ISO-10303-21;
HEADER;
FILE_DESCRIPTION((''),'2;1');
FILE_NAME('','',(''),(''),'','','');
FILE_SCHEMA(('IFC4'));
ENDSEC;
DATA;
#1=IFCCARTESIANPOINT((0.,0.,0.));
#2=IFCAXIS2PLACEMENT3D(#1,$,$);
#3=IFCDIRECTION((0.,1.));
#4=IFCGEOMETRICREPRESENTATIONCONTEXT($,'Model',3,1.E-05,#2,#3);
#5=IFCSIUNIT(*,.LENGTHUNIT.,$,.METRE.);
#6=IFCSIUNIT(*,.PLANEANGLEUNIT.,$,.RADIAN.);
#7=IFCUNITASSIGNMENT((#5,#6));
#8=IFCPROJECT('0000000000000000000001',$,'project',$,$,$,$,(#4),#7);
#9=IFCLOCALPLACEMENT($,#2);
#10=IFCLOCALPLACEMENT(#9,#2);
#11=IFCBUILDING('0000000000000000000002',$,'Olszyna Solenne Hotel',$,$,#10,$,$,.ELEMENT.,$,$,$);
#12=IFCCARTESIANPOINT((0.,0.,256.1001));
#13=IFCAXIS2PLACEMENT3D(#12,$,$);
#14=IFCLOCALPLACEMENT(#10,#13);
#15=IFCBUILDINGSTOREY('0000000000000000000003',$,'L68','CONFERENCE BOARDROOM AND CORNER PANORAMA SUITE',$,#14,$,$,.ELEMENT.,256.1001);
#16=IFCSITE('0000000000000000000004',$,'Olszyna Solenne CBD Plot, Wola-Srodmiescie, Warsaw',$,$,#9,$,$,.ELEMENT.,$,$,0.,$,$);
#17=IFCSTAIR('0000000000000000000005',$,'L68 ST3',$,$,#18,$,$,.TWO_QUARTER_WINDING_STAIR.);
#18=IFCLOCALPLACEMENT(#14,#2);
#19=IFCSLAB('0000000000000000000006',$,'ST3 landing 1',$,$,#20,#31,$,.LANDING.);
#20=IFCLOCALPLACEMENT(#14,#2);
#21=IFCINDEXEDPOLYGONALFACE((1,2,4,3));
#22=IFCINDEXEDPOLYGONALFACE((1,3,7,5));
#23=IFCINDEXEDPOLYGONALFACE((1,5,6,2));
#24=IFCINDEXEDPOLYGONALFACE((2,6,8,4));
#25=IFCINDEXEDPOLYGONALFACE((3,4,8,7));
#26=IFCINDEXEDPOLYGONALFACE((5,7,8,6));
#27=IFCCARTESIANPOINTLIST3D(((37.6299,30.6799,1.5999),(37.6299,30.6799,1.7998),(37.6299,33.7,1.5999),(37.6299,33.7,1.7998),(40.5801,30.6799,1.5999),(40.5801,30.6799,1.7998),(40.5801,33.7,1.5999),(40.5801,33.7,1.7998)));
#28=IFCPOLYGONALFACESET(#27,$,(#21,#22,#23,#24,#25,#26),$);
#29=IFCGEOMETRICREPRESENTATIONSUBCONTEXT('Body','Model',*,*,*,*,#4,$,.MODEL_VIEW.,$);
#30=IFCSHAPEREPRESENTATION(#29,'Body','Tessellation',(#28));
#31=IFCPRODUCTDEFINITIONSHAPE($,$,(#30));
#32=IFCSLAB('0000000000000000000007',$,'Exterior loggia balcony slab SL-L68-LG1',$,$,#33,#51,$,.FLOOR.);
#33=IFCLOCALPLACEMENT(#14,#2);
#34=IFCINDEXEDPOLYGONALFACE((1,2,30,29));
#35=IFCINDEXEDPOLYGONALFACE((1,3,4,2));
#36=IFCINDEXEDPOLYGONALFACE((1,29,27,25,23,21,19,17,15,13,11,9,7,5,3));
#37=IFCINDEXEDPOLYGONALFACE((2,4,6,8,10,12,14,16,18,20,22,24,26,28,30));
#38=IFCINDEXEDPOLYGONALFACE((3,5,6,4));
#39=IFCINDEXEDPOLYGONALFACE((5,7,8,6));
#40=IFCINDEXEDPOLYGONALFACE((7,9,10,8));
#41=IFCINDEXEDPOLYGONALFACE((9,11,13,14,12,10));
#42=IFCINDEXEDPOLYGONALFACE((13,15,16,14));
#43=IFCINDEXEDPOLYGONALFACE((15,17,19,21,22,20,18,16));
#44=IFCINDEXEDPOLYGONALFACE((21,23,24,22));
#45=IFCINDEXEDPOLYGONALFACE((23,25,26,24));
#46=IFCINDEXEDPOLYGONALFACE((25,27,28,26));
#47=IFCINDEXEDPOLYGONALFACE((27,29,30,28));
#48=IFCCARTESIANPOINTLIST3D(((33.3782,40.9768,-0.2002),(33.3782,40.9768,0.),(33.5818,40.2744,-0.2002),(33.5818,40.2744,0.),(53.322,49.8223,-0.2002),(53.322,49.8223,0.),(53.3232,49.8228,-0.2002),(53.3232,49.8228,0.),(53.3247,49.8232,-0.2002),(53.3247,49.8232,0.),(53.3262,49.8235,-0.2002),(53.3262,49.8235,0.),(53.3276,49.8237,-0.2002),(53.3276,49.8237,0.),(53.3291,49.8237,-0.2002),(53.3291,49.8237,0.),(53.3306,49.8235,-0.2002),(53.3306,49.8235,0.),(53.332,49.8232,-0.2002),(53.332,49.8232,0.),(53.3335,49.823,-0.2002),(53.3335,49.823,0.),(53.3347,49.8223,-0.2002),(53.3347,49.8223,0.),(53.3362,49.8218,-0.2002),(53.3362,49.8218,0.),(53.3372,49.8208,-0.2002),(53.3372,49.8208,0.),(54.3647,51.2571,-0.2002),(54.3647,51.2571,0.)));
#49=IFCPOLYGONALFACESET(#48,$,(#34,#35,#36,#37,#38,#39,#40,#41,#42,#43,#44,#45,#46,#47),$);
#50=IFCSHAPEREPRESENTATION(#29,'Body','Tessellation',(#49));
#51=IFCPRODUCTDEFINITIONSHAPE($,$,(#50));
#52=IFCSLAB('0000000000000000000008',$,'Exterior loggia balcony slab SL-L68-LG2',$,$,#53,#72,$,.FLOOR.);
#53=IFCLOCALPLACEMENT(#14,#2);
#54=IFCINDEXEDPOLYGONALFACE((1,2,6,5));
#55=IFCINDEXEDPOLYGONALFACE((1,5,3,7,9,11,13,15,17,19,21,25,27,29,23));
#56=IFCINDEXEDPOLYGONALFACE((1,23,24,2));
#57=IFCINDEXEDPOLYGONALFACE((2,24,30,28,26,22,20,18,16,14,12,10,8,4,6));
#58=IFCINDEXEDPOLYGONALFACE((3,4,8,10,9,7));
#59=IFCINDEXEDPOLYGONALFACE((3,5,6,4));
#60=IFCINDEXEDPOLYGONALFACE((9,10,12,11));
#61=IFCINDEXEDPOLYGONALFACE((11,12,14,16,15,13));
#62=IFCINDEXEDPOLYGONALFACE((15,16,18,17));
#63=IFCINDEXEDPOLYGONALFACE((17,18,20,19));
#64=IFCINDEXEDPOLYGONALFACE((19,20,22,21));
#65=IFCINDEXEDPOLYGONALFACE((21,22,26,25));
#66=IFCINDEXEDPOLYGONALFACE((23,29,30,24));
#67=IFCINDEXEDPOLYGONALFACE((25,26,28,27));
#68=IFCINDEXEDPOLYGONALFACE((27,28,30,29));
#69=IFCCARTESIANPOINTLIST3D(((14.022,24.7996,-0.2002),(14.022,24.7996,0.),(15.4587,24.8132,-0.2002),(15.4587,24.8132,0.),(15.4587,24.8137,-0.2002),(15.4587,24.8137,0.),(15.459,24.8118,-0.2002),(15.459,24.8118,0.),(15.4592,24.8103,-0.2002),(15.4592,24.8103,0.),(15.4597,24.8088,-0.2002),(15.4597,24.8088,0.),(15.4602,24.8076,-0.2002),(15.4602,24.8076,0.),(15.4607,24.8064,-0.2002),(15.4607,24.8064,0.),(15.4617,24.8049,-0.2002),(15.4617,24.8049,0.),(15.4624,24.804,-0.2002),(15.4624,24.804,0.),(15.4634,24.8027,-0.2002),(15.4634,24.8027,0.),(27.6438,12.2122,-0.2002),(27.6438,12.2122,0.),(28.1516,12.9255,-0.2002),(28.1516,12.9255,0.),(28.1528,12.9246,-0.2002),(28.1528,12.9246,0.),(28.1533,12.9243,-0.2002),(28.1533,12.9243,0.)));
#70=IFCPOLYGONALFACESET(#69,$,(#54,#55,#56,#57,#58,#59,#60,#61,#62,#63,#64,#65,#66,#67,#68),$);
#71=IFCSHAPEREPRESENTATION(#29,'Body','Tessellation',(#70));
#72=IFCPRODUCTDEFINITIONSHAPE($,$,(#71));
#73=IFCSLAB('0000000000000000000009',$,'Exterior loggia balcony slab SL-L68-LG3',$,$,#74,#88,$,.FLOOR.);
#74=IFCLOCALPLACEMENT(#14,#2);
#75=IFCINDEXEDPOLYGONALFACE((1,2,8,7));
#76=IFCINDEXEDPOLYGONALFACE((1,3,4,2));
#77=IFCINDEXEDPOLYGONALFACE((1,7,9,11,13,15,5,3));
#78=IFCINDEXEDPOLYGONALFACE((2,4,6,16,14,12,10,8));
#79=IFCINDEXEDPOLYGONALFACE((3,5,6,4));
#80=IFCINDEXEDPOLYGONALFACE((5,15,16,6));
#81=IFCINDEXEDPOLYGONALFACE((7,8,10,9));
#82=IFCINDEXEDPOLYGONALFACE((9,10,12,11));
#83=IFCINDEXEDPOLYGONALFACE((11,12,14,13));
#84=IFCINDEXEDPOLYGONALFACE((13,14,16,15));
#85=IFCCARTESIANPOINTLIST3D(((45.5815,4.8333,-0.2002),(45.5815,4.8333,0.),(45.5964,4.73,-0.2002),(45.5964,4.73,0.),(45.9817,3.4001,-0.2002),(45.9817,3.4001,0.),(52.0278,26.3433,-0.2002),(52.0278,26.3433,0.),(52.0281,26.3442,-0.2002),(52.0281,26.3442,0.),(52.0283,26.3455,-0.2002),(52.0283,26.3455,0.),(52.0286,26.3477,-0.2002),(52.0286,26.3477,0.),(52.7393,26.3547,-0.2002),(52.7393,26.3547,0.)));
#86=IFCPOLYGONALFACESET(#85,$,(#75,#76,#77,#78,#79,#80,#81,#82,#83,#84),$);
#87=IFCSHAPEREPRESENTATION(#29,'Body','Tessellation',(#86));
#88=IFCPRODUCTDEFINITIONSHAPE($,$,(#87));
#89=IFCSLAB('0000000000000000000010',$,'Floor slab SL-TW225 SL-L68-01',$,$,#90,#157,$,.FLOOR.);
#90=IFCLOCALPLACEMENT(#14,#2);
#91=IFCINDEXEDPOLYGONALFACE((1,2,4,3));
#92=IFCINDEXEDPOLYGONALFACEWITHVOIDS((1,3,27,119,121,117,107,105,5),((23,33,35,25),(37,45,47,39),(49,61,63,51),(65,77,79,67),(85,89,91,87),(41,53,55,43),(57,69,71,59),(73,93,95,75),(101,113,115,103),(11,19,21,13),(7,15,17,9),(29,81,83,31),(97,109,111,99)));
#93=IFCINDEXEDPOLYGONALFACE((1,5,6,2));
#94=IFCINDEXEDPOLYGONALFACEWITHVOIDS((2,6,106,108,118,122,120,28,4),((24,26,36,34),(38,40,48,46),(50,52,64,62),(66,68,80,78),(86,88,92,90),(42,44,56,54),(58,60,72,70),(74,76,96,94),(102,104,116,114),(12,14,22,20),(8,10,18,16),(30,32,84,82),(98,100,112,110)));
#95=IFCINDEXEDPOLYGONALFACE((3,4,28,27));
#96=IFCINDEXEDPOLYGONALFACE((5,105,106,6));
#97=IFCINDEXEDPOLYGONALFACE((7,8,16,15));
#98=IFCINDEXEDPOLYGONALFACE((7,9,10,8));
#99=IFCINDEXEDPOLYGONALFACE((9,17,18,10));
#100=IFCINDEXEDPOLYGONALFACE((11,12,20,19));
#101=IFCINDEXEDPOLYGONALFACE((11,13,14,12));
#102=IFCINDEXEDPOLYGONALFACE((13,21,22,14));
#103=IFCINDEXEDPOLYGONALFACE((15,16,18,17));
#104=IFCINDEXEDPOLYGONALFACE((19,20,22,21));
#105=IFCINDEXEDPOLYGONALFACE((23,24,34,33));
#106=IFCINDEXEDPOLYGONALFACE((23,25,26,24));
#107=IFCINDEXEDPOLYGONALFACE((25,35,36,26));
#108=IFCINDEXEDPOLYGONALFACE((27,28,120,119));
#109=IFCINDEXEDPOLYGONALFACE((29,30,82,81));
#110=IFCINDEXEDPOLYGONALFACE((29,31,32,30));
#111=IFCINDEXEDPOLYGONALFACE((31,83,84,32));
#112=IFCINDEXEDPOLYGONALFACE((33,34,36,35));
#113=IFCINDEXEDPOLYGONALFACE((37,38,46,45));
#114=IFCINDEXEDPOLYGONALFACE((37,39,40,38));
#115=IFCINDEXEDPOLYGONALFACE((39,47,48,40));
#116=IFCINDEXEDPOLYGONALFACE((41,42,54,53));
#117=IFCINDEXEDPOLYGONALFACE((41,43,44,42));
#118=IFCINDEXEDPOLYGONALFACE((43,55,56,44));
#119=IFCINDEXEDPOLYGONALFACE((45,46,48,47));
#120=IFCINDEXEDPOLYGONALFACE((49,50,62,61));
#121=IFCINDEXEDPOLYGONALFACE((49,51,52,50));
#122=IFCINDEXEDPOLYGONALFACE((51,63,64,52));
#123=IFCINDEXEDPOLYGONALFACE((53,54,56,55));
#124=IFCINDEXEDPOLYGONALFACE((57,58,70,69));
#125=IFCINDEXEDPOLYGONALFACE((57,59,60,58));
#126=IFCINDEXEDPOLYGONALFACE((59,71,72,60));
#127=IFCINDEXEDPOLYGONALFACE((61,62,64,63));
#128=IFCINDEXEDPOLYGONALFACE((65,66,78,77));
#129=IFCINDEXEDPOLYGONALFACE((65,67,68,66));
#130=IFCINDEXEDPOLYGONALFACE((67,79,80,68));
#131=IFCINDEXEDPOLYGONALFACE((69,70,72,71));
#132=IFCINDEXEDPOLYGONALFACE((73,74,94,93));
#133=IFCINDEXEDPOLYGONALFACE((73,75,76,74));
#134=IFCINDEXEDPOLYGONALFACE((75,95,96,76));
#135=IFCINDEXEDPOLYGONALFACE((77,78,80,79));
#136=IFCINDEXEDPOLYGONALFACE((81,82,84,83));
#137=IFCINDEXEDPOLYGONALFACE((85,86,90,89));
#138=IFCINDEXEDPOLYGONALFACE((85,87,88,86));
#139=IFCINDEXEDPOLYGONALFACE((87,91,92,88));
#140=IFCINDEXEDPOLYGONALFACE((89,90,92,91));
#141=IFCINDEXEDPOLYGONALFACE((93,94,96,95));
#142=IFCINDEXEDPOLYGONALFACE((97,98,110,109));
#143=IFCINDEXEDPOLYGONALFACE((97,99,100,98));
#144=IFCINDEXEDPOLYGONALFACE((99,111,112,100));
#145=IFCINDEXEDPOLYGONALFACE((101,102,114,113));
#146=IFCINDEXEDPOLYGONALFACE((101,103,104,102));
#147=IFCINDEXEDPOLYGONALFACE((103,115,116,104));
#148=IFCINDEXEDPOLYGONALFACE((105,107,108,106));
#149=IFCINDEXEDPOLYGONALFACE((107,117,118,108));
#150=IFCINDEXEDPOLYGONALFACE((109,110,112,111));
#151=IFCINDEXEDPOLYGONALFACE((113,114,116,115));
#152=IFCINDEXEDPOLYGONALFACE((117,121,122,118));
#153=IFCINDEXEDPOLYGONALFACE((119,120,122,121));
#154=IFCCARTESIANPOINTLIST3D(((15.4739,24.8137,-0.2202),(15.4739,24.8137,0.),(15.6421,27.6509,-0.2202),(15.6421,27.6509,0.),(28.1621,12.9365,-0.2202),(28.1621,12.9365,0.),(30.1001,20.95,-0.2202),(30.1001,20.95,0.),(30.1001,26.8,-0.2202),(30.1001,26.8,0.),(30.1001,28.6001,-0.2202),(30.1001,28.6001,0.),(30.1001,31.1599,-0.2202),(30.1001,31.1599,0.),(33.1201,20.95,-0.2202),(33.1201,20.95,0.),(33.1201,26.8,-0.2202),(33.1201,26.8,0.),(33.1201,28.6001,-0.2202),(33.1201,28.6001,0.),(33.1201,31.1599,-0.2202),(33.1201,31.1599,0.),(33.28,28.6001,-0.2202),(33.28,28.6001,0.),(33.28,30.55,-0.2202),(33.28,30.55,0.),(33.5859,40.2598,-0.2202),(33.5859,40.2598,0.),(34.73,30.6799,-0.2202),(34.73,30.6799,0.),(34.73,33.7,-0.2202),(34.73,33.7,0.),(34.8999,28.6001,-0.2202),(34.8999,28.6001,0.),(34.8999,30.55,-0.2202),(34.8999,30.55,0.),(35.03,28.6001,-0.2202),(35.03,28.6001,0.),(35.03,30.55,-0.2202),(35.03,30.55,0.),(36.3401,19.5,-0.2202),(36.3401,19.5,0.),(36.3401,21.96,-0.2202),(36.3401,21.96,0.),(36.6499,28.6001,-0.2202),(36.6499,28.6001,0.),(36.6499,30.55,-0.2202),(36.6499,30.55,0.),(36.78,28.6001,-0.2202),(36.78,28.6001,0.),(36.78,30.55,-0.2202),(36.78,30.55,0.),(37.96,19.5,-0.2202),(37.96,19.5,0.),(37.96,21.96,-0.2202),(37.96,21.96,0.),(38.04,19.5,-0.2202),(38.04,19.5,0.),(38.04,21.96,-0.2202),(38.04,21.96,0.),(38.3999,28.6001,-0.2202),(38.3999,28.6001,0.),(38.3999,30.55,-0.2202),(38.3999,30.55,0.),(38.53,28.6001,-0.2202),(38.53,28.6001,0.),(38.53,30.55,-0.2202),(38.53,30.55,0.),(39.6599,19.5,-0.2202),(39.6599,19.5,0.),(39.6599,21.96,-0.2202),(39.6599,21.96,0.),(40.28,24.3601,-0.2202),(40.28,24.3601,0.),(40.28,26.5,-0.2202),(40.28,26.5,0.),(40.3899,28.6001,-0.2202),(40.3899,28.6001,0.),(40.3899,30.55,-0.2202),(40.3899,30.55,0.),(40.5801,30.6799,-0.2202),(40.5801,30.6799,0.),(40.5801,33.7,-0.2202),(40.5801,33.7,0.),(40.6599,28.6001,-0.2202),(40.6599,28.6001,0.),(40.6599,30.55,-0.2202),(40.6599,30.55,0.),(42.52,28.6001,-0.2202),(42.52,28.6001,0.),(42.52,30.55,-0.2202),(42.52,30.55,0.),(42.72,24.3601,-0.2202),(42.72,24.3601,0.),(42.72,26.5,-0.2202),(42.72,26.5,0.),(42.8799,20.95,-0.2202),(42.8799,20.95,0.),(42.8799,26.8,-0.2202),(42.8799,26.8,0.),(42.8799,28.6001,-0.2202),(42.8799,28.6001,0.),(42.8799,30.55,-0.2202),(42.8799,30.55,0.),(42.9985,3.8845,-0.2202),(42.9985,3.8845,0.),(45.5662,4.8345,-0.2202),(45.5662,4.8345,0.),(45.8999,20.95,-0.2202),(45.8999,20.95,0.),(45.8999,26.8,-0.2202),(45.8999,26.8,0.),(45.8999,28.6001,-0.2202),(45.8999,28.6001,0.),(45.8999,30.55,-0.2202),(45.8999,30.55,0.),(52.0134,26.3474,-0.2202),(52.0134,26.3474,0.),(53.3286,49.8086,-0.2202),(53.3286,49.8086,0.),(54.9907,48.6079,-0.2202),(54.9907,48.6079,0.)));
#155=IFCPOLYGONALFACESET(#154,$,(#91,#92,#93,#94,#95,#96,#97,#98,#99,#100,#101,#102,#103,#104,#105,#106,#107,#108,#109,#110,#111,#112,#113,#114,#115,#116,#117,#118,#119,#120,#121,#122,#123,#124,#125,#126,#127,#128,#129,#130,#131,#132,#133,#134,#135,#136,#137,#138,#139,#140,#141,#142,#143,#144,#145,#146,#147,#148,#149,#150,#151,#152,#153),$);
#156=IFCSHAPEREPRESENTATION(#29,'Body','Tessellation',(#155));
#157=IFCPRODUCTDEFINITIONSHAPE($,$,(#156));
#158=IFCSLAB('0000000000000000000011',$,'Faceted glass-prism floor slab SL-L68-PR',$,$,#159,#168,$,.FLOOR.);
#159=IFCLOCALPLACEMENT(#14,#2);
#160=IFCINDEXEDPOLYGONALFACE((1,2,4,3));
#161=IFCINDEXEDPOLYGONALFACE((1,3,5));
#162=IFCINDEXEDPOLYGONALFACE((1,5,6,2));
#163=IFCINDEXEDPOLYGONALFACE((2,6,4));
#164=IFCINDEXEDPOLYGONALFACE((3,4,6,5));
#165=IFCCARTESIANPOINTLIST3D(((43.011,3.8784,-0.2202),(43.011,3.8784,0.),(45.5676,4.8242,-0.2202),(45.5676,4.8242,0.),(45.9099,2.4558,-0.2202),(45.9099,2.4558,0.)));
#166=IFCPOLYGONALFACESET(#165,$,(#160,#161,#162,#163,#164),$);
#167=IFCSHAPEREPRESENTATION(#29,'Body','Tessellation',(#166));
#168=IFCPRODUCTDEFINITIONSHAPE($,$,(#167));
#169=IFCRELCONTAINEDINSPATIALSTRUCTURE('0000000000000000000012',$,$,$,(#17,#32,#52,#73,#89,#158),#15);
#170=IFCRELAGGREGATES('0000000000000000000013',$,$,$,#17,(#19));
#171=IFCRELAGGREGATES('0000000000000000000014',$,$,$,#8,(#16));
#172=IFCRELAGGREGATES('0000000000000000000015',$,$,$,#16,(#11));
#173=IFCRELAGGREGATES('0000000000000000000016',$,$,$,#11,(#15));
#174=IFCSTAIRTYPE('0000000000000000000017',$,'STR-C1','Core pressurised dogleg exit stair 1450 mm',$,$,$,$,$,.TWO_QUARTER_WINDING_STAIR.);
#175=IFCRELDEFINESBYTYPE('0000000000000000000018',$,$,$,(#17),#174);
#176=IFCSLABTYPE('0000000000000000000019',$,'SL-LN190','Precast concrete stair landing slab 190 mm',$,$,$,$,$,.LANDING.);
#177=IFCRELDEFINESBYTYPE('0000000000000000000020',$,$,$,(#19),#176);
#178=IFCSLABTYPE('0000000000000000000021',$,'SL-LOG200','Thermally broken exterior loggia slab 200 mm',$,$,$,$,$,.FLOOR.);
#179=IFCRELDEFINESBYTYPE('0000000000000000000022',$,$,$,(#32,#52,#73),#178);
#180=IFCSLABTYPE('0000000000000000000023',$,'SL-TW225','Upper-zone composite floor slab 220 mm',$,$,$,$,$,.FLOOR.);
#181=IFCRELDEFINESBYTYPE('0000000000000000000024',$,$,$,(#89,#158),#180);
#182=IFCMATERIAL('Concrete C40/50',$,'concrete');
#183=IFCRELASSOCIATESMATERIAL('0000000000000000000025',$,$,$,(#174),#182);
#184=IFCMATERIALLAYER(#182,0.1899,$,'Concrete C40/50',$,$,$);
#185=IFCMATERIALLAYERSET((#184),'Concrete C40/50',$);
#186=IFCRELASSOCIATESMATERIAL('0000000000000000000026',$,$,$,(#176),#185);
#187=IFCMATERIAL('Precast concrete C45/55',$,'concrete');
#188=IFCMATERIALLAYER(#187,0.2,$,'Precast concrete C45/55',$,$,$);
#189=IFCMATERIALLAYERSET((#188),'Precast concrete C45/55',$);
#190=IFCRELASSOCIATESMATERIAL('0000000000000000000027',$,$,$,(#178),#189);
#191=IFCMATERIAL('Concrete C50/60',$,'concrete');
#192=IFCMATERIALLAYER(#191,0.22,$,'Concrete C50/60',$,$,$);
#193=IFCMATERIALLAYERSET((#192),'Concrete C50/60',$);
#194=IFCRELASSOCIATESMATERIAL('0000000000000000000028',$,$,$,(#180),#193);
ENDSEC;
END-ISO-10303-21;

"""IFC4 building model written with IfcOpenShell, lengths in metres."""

from ifc_helpers import new_model, si_unit, direction, frame, origin, place, context, subcontext, project, spatial, polyline, outline, extrude, material, layer, layer_set, type_object, element, aggregate, save


model = new_model("IFC4")

# Units and contexts
model_context = context("Model", 3, precision=1e-05, world=origin(), true_north=direction((0.0, 1.0)))
body_context = subcontext(model_context, "Body", "Model", "MODEL_VIEW")
ifc_project = project(units=[si_unit("LENGTHUNIT", "METRE"), si_unit("PLANEANGLEUNIT", "RADIAN")], contexts=[model_context])

# Site, building, storey
site_placement = place(None, origin())
site = spatial("IfcSite", under=ifc_project, at=site_placement, Name="Olszyna Solenne CBD Plot, Wola-Srodmiescie, Warsaw", CompositionType="ELEMENT", RefElevation=0.0)
building_placement = place(site_placement, origin())
building = spatial("IfcBuilding", under=site, at=building_placement, Name="Olszyna Solenne Hotel", CompositionType="ELEMENT")
storey_placement = place(building_placement, frame((0.0, 0.0, 256.1001)))
storey = spatial("IfcBuildingStorey", under=building, at=storey_placement, Name="L68", Description="CONFERENCE BOARDROOM AND CORNER PANORAMA SUITE", CompositionType="ELEMENT", Elevation=256.1001)

# Stair, slab
ifc_material_1 = material(Name="Concrete C40/50", Category="concrete")
stair_type = type_object("IfcStairType", Name="STR-C1", Description="Core pressurised dogleg exit stair 1450 mm", PredefinedType="TWO_QUARTER_WINDING_STAIR", material=ifc_material_1)
ifc_layer_1 = layer(ifc_material_1, 0.1899, Name="Concrete C40/50")
ifc_layer_set_1 = layer_set([ifc_layer_1], Name="Concrete C40/50")
slab_type_1 = type_object("IfcSlabType", Name="SL-LN190", Description="Precast concrete stair landing slab 190 mm", PredefinedType="LANDING", material=ifc_layer_set_1)
stair_1_placement = place(storey_placement, origin())
stair_1 = element("IfcStair", 1, at=stair_1_placement, inside=storey, type_object=stair_type, Name="L68 ST3", PredefinedType="TWO_QUARTER_WINDING_STAIR")
slab_1_placement = place(storey_placement, frame((0.0, 0.0, 1.5999)))
slab_1 = element("IfcSlab", 2, at=slab_1_placement, type_object=slab_type_1, Name="ST3 landing 1", PredefinedType="LANDING", context=body_context, shape_type="SweptSolid", body=[
    extrude(outline(polyline([(37.6299, 30.6799), (40.5801, 30.6799), (40.5801, 33.7), (37.6299, 33.7), (37.6299, 30.6799)])), origin(), (0.0, 0.0, 1.0), 0.2),
])
aggregate(stair_1, [slab_1])

# Slabs
ifc_material_2 = material(Name="Precast concrete C45/55", Category="concrete")
ifc_layer_2 = layer(ifc_material_2, 0.2, Name="Precast concrete C45/55")
ifc_layer_set_2 = layer_set([ifc_layer_2], Name="Precast concrete C45/55")
slab_type_2 = type_object("IfcSlabType", Name="SL-LOG200", Description="Thermally broken exterior loggia slab 200 mm", PredefinedType="FLOOR", material=ifc_layer_set_2)
slab_2_placement = place(storey_placement, frame((0.0, 0.0, -0.2002)))
element("IfcSlab", 3, at=slab_2_placement, inside=storey, type_object=slab_type_2, Name="Exterior loggia balcony slab SL-L68-LG1", PredefinedType="FLOOR", context=body_context, shape_type="SweptSolid", body=[
    extrude(outline(polyline([(33.5818, 40.2744), (53.322, 49.8223), (53.3232, 49.8228), (53.3247, 49.8232), (53.3262, 49.8235), (53.3276, 49.8237), (53.3291, 49.8237), (53.3306, 49.8235), (53.332, 49.8232), (53.3335, 49.823), (53.3347, 49.8223), (53.3362, 49.8218), (53.3372, 49.8208), (54.3647, 51.2571), (33.3782, 40.9768), (33.5818, 40.2744)])), origin(), (0.0, 0.0, 1.0), 0.2002),
])
slab_3_placement = place(storey_placement, frame((0.0, 0.0, -0.2002)))
element("IfcSlab", 4, at=slab_3_placement, inside=storey, type_object=slab_type_2, Name="Exterior loggia balcony slab SL-L68-LG2", PredefinedType="FLOOR", context=body_context, shape_type="SweptSolid", body=[
    extrude(outline(polyline([(28.1533, 12.9243), (28.1528, 12.9246), (28.1516, 12.9255), (15.4634, 24.8027), (15.4624, 24.804), (15.4617, 24.8049), (15.4607, 24.8064), (15.4602, 24.8076), (15.4597, 24.8088), (15.4592, 24.8103), (15.459, 24.8118), (15.4587, 24.8132), (15.4587, 24.8137), (14.022, 24.7996), (27.6438, 12.2122), (28.1533, 12.9243)])), origin(), (0.0, 0.0, 1.0), 0.2002),
])
slab_4_placement = place(storey_placement, frame((0.0, 0.0, -0.2002)))
element("IfcSlab", 5, at=slab_4_placement, inside=storey, type_object=slab_type_2, Name="Exterior loggia balcony slab SL-L68-LG3", PredefinedType="FLOOR", context=body_context, shape_type="SweptSolid", body=[
    extrude(outline(polyline([(52.0286, 26.3477), (52.0283, 26.3455), (52.0281, 26.3442), (52.0278, 26.3433), (45.5815, 4.8333), (45.5964, 4.73), (45.9817, 3.4001), (52.7393, 26.3547), (52.0286, 26.3477)])), origin(), (0.0, 0.0, 1.0), 0.2002),
])
ifc_material_3 = material(Name="Concrete C50/60", Category="concrete")
ifc_layer_3 = layer(ifc_material_3, 0.22, Name="Concrete C50/60")
ifc_layer_set_3 = layer_set([ifc_layer_3], Name="Concrete C50/60")
slab_type_3 = type_object("IfcSlabType", Name="SL-TW225", Description="Upper-zone composite floor slab 220 mm", PredefinedType="FLOOR", material=ifc_layer_set_3)
slab_5_placement = place(storey_placement, frame((0.0, 0.0, -0.2202)))
element("IfcSlab", 6, at=slab_5_placement, inside=storey, type_object=slab_type_3, Name="Floor slab SL-TW225 SL-L68-01", PredefinedType="FLOOR", context=body_context, shape_type="SweptSolid", body=[
    extrude(outline(polyline([(54.9907, 48.6079), (53.3286, 49.8086), (33.5859, 40.2598), (15.6421, 27.6509), (15.4739, 24.8137), (28.1621, 12.9365), (42.9985, 3.8845), (45.5662, 4.8345), (52.0134, 26.3474), (54.9907, 48.6079)]), holes=[polyline([(30.1001, 20.95), (33.1201, 20.95), (33.1201, 26.8), (30.1001, 26.8), (30.1001, 20.95)]), polyline([(42.8799, 20.95), (45.8999, 20.95), (45.8999, 26.8), (42.8799, 26.8), (42.8799, 20.95)]), polyline([(34.73, 30.6799), (40.5801, 30.6799), (40.5801, 33.7), (34.73, 33.7), (34.73, 30.6799)]), polyline([(36.3401, 19.5), (37.96, 19.5), (37.96, 21.96), (36.3401, 21.96), (36.3401, 19.5)]), polyline([(38.04, 19.5), (39.6599, 19.5), (39.6599, 21.96), (38.04, 21.96), (38.04, 19.5)]), polyline([(30.1001, 28.6001), (33.1201, 28.6001), (33.1201, 31.1599), (30.1001, 31.1599), (30.1001, 28.6001)]), polyline([(40.28, 24.3601), (42.72, 24.3601), (42.72, 26.5), (40.28, 26.5), (40.28, 24.3601)]), polyline([(33.28, 28.6001), (34.8999, 28.6001), (34.8999, 30.55), (33.28, 30.55), (33.28, 28.6001)]), polyline([(35.03, 28.6001), (36.6499, 28.6001), (36.6499, 30.55), (35.03, 30.55), (35.03, 28.6001)]), polyline([(36.78, 28.6001), (38.3999, 28.6001), (38.3999, 30.55), (36.78, 30.55), (36.78, 28.6001)]), polyline([(38.53, 28.6001), (40.3899, 28.6001), (40.3899, 30.55), (38.53, 30.55), (38.53, 28.6001)]), polyline([(40.6599, 28.6001), (42.52, 28.6001), (42.52, 30.55), (40.6599, 30.55), (40.6599, 28.6001)]), polyline([(42.8799, 28.6001), (45.8999, 28.6001), (45.8999, 30.55), (42.8799, 30.55), (42.8799, 28.6001)])]), origin(), (0.0, 0.0, 1.0), 0.2202),
])
slab_6_placement = place(storey_placement, frame((0.0, 0.0, -0.2202)))
element("IfcSlab", 7, at=slab_6_placement, inside=storey, type_object=slab_type_3, Name="Faceted glass-prism floor slab SL-L68-PR", PredefinedType="FLOOR", context=body_context, shape_type="SweptSolid", body=[
    extrude(outline(polyline([(45.5676, 4.8242), (43.011, 3.8784), (45.9099, 2.4558), (45.5676, 4.8242)])), origin(), (0.0, 0.0, 1.0), 0.2202),
])

save(model, "model.ifc")
